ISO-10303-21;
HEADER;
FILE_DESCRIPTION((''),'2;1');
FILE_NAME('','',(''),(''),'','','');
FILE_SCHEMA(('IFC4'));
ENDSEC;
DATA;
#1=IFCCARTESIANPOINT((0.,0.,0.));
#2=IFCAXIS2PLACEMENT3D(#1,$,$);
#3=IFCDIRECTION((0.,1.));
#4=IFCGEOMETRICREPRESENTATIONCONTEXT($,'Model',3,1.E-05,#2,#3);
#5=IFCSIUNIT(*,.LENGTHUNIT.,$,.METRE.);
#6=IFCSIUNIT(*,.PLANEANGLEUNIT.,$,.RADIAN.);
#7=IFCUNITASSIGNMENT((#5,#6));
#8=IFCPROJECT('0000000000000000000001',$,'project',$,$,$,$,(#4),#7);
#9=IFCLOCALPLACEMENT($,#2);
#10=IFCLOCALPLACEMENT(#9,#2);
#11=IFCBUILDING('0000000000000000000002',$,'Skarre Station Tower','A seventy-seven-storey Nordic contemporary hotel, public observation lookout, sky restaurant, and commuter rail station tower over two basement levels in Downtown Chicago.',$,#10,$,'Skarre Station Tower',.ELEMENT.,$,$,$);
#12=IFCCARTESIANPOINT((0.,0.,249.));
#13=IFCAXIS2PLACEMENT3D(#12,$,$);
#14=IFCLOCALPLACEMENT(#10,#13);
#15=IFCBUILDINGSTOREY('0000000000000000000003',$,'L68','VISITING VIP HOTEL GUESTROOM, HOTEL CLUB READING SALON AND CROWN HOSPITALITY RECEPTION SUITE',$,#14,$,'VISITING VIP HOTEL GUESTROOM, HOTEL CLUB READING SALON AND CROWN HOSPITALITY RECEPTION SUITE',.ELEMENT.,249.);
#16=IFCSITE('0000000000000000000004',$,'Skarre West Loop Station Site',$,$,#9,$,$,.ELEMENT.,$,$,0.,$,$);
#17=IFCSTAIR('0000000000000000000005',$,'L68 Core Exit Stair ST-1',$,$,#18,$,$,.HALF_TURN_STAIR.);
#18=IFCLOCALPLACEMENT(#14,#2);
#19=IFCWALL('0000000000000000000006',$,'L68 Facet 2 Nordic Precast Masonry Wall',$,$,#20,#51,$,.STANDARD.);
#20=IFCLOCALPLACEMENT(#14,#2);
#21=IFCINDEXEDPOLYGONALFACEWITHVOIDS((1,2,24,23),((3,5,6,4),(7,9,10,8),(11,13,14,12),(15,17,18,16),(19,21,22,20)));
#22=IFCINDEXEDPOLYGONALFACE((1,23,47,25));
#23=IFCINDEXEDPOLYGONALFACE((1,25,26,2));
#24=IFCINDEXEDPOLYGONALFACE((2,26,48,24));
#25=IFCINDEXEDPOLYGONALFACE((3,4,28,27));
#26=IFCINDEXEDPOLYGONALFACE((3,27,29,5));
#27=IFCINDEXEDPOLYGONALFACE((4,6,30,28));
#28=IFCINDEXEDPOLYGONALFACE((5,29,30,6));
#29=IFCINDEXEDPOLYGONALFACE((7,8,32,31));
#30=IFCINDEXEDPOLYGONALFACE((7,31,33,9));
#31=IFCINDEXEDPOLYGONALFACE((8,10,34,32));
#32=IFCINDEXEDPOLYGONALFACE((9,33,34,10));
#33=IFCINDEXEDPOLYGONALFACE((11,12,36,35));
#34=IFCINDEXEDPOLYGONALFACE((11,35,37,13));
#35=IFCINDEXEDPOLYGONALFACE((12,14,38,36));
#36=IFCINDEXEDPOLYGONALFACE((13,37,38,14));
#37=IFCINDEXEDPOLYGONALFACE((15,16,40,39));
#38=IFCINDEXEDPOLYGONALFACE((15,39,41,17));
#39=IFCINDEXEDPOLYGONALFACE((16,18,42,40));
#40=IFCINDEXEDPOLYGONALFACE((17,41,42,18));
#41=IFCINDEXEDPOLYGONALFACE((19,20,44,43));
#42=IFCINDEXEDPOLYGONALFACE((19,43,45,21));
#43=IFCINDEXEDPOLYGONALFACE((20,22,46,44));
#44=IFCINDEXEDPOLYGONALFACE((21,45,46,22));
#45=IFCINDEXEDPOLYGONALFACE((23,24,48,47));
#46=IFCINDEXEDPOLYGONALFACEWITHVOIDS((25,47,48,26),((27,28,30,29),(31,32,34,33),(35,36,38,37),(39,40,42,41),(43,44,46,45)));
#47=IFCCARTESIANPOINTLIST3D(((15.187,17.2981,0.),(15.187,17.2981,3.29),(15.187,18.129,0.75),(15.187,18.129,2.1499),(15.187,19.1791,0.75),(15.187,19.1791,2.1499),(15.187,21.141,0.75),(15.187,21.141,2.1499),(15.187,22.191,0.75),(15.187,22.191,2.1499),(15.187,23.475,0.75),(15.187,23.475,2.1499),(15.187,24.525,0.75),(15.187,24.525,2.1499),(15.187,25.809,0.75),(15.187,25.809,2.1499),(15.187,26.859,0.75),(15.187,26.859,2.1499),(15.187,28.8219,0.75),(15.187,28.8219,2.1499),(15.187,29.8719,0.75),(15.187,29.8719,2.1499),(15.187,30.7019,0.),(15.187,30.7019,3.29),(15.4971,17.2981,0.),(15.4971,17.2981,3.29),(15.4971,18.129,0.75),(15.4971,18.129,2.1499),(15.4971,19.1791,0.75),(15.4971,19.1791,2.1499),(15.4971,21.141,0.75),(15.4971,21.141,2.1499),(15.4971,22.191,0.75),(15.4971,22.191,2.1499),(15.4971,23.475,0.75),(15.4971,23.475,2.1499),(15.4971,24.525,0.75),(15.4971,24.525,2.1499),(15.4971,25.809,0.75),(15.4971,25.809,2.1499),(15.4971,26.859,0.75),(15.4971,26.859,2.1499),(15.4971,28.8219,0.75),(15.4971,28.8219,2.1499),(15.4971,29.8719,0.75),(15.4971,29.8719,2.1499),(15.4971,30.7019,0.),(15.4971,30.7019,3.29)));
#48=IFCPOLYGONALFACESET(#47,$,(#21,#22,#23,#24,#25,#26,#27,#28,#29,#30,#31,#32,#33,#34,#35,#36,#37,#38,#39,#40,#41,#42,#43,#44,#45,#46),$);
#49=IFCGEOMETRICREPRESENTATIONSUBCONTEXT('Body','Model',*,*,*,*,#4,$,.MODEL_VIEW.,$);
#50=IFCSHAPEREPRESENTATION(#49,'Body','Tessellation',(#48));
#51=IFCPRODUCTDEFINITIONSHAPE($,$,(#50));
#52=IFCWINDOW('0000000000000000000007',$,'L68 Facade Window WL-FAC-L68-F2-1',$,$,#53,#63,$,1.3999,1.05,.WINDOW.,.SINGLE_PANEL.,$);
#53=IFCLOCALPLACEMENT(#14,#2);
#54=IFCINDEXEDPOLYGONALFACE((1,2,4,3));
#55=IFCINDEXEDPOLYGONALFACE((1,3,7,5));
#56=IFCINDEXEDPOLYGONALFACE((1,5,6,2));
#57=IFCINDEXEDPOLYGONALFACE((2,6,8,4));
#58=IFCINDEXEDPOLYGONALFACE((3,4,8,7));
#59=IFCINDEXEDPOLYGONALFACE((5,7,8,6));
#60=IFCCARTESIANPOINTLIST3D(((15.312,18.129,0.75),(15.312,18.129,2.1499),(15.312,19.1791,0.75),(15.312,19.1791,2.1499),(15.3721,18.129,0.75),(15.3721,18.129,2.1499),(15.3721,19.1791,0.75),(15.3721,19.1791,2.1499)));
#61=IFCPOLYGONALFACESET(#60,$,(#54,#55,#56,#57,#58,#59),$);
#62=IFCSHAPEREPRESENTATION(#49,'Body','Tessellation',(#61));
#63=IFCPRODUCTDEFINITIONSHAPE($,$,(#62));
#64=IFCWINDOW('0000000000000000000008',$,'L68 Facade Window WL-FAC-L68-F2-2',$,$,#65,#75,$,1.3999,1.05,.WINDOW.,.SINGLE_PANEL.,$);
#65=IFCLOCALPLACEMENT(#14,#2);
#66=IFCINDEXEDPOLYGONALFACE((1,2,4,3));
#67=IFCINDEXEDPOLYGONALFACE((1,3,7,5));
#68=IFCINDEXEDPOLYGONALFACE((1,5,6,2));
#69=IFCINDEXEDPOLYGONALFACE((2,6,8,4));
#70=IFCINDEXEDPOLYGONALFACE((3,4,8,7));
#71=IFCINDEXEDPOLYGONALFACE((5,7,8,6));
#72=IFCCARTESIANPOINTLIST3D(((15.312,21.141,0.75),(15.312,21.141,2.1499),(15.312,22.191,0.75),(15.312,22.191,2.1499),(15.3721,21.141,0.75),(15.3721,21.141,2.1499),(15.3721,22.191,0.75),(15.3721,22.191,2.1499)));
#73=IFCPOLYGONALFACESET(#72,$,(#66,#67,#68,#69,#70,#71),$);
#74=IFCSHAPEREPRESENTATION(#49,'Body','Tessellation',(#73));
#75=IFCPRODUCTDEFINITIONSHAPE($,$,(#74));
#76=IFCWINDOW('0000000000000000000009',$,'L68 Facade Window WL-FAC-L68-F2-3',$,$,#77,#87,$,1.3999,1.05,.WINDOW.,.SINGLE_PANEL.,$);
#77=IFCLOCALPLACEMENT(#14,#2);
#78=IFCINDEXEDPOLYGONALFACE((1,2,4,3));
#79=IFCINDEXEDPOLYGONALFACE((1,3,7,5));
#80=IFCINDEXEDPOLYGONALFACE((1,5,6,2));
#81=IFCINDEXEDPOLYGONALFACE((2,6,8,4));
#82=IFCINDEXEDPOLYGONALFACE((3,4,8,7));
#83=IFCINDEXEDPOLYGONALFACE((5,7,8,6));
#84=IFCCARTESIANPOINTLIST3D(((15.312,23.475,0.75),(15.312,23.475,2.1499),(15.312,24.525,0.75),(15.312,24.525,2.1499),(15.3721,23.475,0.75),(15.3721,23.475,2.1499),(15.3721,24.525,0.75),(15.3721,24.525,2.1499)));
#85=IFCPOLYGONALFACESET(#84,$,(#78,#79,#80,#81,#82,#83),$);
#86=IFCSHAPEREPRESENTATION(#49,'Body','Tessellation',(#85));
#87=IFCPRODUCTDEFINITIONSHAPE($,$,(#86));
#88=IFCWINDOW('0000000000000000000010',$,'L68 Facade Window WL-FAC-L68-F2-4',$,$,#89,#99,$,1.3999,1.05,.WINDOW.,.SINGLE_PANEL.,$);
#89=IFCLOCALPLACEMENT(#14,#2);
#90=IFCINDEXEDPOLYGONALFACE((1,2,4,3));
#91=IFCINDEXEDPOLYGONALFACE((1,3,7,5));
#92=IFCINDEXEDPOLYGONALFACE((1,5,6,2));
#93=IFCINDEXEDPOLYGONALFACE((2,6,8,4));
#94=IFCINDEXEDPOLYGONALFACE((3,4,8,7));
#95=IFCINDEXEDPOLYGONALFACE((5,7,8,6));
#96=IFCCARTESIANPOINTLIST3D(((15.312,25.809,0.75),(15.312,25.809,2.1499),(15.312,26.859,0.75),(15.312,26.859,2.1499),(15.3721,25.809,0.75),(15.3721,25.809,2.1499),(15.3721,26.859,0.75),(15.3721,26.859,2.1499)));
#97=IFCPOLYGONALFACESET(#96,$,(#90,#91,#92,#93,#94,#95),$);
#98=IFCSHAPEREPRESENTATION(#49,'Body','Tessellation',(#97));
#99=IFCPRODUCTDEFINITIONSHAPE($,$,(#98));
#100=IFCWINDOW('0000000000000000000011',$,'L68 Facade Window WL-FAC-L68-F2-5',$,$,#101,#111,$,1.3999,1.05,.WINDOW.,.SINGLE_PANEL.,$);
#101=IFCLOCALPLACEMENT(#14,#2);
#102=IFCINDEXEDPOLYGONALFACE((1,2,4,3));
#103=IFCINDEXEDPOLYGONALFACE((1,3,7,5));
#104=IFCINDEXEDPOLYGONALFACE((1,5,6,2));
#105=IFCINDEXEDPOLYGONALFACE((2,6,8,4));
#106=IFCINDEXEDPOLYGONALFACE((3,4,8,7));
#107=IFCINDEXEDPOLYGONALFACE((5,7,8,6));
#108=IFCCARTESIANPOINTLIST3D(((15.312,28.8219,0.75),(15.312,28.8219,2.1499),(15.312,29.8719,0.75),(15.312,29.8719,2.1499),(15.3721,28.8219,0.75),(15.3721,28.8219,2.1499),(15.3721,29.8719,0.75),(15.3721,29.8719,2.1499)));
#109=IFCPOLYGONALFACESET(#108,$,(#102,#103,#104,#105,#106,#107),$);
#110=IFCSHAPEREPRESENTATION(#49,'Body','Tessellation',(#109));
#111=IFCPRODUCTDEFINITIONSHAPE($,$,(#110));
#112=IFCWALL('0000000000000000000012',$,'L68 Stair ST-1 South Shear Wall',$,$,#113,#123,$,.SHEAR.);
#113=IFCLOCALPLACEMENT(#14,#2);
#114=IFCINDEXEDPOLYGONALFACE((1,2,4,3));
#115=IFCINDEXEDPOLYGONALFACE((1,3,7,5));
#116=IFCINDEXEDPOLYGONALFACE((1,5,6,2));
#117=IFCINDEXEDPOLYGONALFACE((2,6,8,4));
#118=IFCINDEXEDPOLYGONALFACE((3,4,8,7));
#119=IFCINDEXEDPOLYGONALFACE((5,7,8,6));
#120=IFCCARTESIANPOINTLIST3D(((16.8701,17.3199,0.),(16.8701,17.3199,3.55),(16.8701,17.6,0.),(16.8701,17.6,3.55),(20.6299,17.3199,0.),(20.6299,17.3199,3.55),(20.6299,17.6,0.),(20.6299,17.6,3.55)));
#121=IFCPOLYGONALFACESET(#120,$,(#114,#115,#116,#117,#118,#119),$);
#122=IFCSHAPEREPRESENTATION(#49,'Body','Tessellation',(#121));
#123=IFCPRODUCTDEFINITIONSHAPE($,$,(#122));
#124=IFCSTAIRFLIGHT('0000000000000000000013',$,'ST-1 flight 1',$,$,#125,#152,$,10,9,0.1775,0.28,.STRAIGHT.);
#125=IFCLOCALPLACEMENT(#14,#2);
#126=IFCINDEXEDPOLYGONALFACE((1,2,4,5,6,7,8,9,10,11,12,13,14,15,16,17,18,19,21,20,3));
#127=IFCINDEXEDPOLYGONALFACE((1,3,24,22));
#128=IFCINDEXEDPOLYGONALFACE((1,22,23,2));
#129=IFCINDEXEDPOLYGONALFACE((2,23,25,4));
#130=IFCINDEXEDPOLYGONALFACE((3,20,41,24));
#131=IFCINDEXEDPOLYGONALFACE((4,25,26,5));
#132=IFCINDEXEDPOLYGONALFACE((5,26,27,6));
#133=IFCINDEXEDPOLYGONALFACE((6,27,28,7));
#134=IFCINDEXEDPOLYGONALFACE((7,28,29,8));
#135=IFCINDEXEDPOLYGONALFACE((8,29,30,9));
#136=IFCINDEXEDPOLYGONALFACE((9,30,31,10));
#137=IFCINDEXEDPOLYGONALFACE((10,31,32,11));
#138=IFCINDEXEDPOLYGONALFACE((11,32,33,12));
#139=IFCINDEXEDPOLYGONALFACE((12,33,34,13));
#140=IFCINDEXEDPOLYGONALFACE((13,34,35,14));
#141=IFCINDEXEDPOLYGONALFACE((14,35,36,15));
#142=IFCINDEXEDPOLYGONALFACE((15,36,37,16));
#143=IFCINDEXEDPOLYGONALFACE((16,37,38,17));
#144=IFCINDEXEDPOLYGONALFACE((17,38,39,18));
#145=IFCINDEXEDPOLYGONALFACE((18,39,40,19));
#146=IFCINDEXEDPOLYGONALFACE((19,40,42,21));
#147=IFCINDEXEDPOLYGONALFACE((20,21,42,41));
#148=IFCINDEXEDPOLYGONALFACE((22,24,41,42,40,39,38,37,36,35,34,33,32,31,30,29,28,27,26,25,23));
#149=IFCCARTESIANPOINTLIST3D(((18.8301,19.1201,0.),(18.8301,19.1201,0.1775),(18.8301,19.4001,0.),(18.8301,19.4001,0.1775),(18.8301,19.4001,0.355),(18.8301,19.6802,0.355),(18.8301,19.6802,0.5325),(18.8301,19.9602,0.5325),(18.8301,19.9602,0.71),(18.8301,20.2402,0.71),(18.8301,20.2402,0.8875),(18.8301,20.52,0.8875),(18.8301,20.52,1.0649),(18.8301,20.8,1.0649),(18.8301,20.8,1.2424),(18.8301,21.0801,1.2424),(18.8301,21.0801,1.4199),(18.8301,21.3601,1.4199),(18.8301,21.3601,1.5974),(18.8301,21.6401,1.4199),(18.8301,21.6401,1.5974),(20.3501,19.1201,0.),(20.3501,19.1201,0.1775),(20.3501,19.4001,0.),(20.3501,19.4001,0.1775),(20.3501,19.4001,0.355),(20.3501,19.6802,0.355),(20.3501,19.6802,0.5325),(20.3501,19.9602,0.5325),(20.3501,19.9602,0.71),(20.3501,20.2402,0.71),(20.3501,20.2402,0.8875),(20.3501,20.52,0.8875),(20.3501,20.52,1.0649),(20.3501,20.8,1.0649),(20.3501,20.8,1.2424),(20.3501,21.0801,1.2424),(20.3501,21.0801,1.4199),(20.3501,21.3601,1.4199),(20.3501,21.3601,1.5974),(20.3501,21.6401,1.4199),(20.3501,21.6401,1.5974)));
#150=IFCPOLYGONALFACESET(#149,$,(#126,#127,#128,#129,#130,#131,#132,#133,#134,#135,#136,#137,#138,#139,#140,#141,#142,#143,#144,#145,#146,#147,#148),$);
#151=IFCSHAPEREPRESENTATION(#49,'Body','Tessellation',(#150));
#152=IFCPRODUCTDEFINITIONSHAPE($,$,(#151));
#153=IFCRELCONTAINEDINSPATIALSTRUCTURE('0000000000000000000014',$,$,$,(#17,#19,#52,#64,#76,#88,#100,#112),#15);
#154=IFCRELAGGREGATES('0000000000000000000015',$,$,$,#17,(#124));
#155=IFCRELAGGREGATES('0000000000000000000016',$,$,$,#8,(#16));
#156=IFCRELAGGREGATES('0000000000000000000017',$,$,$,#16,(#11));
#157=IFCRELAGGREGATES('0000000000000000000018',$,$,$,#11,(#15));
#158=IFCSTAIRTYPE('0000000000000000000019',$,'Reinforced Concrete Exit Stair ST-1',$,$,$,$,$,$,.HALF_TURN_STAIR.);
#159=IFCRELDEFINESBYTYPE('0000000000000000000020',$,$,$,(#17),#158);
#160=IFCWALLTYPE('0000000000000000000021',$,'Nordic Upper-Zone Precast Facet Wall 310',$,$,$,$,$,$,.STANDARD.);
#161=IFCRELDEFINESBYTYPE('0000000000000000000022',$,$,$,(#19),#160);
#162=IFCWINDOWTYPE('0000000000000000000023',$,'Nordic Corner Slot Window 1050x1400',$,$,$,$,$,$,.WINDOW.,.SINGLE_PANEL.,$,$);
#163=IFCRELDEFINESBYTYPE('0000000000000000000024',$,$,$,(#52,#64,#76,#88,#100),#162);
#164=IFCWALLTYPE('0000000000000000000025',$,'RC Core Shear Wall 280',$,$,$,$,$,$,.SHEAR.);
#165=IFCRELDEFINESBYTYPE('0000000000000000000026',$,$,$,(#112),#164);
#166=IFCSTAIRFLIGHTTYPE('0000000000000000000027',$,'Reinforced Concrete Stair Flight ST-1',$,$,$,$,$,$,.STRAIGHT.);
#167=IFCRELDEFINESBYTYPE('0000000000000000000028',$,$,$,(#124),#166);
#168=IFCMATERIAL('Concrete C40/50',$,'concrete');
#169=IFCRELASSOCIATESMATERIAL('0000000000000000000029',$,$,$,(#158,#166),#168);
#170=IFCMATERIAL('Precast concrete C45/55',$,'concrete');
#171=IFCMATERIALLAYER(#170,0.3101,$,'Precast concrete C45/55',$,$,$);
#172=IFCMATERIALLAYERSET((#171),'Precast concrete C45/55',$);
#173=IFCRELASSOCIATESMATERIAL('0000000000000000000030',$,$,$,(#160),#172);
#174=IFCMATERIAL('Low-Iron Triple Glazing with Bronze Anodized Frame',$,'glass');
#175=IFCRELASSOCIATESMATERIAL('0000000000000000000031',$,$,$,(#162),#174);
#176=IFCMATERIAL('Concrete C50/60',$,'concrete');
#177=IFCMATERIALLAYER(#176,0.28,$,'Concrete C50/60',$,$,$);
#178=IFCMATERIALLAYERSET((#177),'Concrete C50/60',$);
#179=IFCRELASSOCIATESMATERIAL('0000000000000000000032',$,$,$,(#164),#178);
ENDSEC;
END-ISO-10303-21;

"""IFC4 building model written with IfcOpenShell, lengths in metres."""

from ifc_helpers import new_model, si_unit, direction, frame, frame_2d, origin, place, context, subcontext, project, spatial, polyline, rectangle, outline, extrude, material, layer, layer_set, type_object, element, fill, aggregate, save


model = new_model("IFC4")

# Units and contexts
model_context = context("Model", 3, precision=1e-05, world=origin(), true_north=direction((0.0, 1.0)))
body_context = subcontext(model_context, "Body", "Model", "MODEL_VIEW")
ifc_project = project(units=[si_unit("LENGTHUNIT", "METRE"), si_unit("PLANEANGLEUNIT", "RADIAN")], contexts=[model_context])

# Site, building, storey
site_placement = place(None, origin())
site = spatial("IfcSite", under=ifc_project, at=site_placement, Name="Skarre West Loop Station Site", CompositionType="ELEMENT", RefElevation=0.0)
building_placement = place(site_placement, origin())
building = spatial("IfcBuilding", under=site, at=building_placement, Name="Skarre Station Tower", Description="A seventy-seven-storey Nordic contemporary hotel, public observation lookout, sky restaurant, and commuter rail station tower over two basement levels in Downtown Chicago.", LongName="Skarre Station Tower", CompositionType="ELEMENT")
storey_placement = place(building_placement, frame((0.0, 0.0, 249.0)))
storey = spatial("IfcBuildingStorey", under=building, at=storey_placement, Name="L68", Description="VISITING VIP HOTEL GUESTROOM, HOTEL CLUB READING SALON AND CROWN HOSPITALITY RECEPTION SUITE", LongName="VISITING VIP HOTEL GUESTROOM, HOTEL CLUB READING SALON AND CROWN HOSPITALITY RECEPTION SUITE", CompositionType="ELEMENT", Elevation=249.0)

# Shared definitions
ifc_material_1 = material(Name="Concrete C50/60", Category="concrete")

# Stair
ifc_material_2 = material(Name="Concrete C40/50", Category="concrete")
stair_type_1 = type_object("IfcStairType", Name="Reinforced Concrete Exit Stair ST-1", PredefinedType="HALF_TURN_STAIR", material=ifc_material_2)
stair_1_placement = place(storey_placement, origin())
stair_1 = element("IfcStair", 1, at=stair_1_placement, inside=storey, type_object=stair_type_1, Name="L68 Core Exit Stair ST-1", PredefinedType="HALF_TURN_STAIR")

# Shared definitions
ifc_material_3 = material(Name="Precast concrete C45/55", Category="concrete")

# Wall, openings, windows
ifc_layer_1 = layer(ifc_material_3, 0.3101, Name="Precast concrete C45/55")
ifc_layer_set_1 = layer_set([ifc_layer_1], Name="Precast concrete C45/55")
wall_type_1 = type_object("IfcWallType", Name="Nordic Upper-Zone Precast Facet Wall 310", PredefinedType="STANDARD", material=ifc_layer_set_1)
wall_1_placement = place(storey_placement, frame((15.342, 17.2981, 0.0), z_axis=(0.0, 0.0, 1.0), x_axis=(0.0, 1.0, 0.0)))
wall_1 = element("IfcWall", 2, at=wall_1_placement, inside=storey, type_object=wall_type_1, Name="L68 Facet 2 Nordic Precast Masonry Wall", PredefinedType="STANDARD", context=body_context, shape_type="SweptSolid", body=[
    extrude(rectangle(XDim=13.4038, YDim=0.3101, at=frame_2d((6.7019, 0.0))), origin(), (0.0, 0.0, 1.0), 3.29),
])
opening_1_placement = place(wall_1_placement, frame((0.8311, 0.0, 0.75)))
opening_1 = element("IfcOpeningElement", 3, at=opening_1_placement, cuts=wall_1, PredefinedType="OPENING", context=body_context, shape_type="SweptSolid", body=[
    extrude(rectangle(XDim=1.05, YDim=1.3999, at=frame_2d((0.5249, 0.7))), frame((0.0, 0.165, 0.0), z_axis=(0.0, -1.0, 0.0), x_axis=(1.0, 0.0, 0.0)), (0.0, 0.0, 1.0), 0.3301),
])
opening_2_placement = place(wall_1_placement, frame((3.843, 0.0, 0.75)))
opening_2 = element("IfcOpeningElement", 4, at=opening_2_placement, cuts=wall_1, PredefinedType="OPENING", context=body_context, shape_type="SweptSolid", body=[
    extrude(rectangle(XDim=1.05, YDim=1.3999, at=frame_2d((0.5249, 0.7))), frame((0.0, 0.165, 0.0), z_axis=(0.0, -1.0, 0.0), x_axis=(1.0, 0.0, 0.0)), (0.0, 0.0, 1.0), 0.3301),
])
opening_3_placement = place(wall_1_placement, frame((6.177, 0.0, 0.75)))
opening_3 = element("IfcOpeningElement", 5, at=opening_3_placement, cuts=wall_1, PredefinedType="OPENING", context=body_context, shape_type="SweptSolid", body=[
    extrude(rectangle(XDim=1.05, YDim=1.3999, at=frame_2d((0.5249, 0.7))), frame((0.0, 0.165, 0.0), z_axis=(0.0, -1.0, 0.0), x_axis=(1.0, 0.0, 0.0)), (0.0, 0.0, 1.0), 0.3301),
])
opening_4_placement = place(wall_1_placement, frame((8.511, 0.0, 0.75)))
opening_4 = element("IfcOpeningElement", 6, at=opening_4_placement, cuts=wall_1, PredefinedType="OPENING", context=body_context, shape_type="SweptSolid", body=[
    extrude(rectangle(XDim=1.05, YDim=1.3999, at=frame_2d((0.5249, 0.7))), frame((0.0, 0.165, 0.0), z_axis=(0.0, -1.0, 0.0), x_axis=(1.0, 0.0, 0.0)), (0.0, 0.0, 1.0), 0.3301),
])
opening_5_placement = place(wall_1_placement, frame((11.5239, 0.0, 0.75)))
opening_5 = element("IfcOpeningElement", 7, at=opening_5_placement, cuts=wall_1, PredefinedType="OPENING", context=body_context, shape_type="SweptSolid", body=[
    extrude(rectangle(XDim=1.05, YDim=1.3999, at=frame_2d((0.5249, 0.7))), frame((0.0, 0.165, 0.0), z_axis=(0.0, -1.0, 0.0), x_axis=(1.0, 0.0, 0.0)), (0.0, 0.0, 1.0), 0.3301),
])
ifc_material_4 = material(Name="Low-Iron Triple Glazing with Bronze Anodized Frame", Category="glass")
window_type = type_object("IfcWindowType", Name="Nordic Corner Slot Window 1050x1400", PartitioningType="SINGLE_PANEL", PredefinedType="WINDOW", material=ifc_material_4)
window_1_placement = place(opening_1_placement, origin())
window_1 = element("IfcWindow", 8, at=window_1_placement, inside=storey, type_object=window_type, Name="L68 Facade Window WL-FAC-L68-F2-1", OverallHeight=1.3999, OverallWidth=1.05, PartitioningType="SINGLE_PANEL", PredefinedType="WINDOW", context=body_context, shape_type="SweptSolid", body=[
    extrude(rectangle(XDim=1.05, YDim=1.3999, at=frame_2d((0.5249, 0.7))), frame((0.0, 0.03, 0.0), z_axis=(0.0, -1.0, 0.0), x_axis=(1.0, 0.0, 0.0)), (0.0, 0.0, 1.0), 0.0601),
])
fill(opening_1, window_1)
window_2_placement = place(opening_2_placement, origin())
window_2 = element("IfcWindow", 9, at=window_2_placement, inside=storey, type_object=window_type, Name="L68 Facade Window WL-FAC-L68-F2-2", OverallHeight=1.3999, OverallWidth=1.05, PartitioningType="SINGLE_PANEL", PredefinedType="WINDOW", context=body_context, shape_type="SweptSolid", body=[
    extrude(rectangle(XDim=1.05, YDim=1.3999, at=frame_2d((0.5249, 0.7))), frame((0.0, 0.03, 0.0), z_axis=(0.0, -1.0, 0.0), x_axis=(1.0, 0.0, 0.0)), (0.0, 0.0, 1.0), 0.0601),
])
fill(opening_2, window_2)
window_3_placement = place(opening_3_placement, origin())
window_3 = element("IfcWindow", 10, at=window_3_placement, inside=storey, type_object=window_type, Name="L68 Facade Window WL-FAC-L68-F2-3", OverallHeight=1.3999, OverallWidth=1.05, PartitioningType="SINGLE_PANEL", PredefinedType="WINDOW", context=body_context, shape_type="SweptSolid", body=[
    extrude(rectangle(XDim=1.05, YDim=1.3999, at=frame_2d((0.5249, 0.7))), frame((0.0, 0.03, 0.0), z_axis=(0.0, -1.0, 0.0), x_axis=(1.0, 0.0, 0.0)), (0.0, 0.0, 1.0), 0.0601),
])
fill(opening_3, window_3)
window_4_placement = place(opening_4_placement, origin())
window_4 = element("IfcWindow", 11, at=window_4_placement, inside=storey, type_object=window_type, Name="L68 Facade Window WL-FAC-L68-F2-4", OverallHeight=1.3999, OverallWidth=1.05, PartitioningType="SINGLE_PANEL", PredefinedType="WINDOW", context=body_context, shape_type="SweptSolid", body=[
    extrude(rectangle(XDim=1.05, YDim=1.3999, at=frame_2d((0.5249, 0.7))), frame((0.0, 0.03, 0.0), z_axis=(0.0, -1.0, 0.0), x_axis=(1.0, 0.0, 0.0)), (0.0, 0.0, 1.0), 0.0601),
])
fill(opening_4, window_4)
window_5_placement = place(opening_5_placement, origin())
window_5 = element("IfcWindow", 12, at=window_5_placement, inside=storey, type_object=window_type, Name="L68 Facade Window WL-FAC-L68-F2-5", OverallHeight=1.3999, OverallWidth=1.05, PartitioningType="SINGLE_PANEL", PredefinedType="WINDOW", context=body_context, shape_type="SweptSolid", body=[
    extrude(rectangle(XDim=1.05, YDim=1.3999, at=frame_2d((0.5249, 0.7))), frame((0.0, 0.03, 0.0), z_axis=(0.0, -1.0, 0.0), x_axis=(1.0, 0.0, 0.0)), (0.0, 0.0, 1.0), 0.0601),
])
fill(opening_5, window_5)

# Wall
ifc_layer_2 = layer(ifc_material_1, 0.28, Name="Concrete C50/60")
ifc_layer_set_2 = layer_set([ifc_layer_2], Name="Concrete C50/60")
wall_type_2 = type_object("IfcWallType", Name="RC Core Shear Wall 280", PredefinedType="SHEAR", material=ifc_layer_set_2)
wall_2_placement = place(storey_placement, frame((16.8701, 17.46, 0.0), z_axis=(0.0, 0.0, 1.0), x_axis=(1.0, 0.0, 0.0)))
element("IfcWall", 13, at=wall_2_placement, inside=storey, type_object=wall_type_2, Name="L68 Stair ST-1 South Shear Wall", PredefinedType="SHEAR", context=body_context, shape_type="SweptSolid", body=[
    extrude(rectangle(XDim=3.7598, YDim=0.28, at=frame_2d((1.8799, 0.0))), origin(), (0.0, 0.0, 1.0), 3.55),
])

# Stair flight
stair_flight_type = type_object("IfcStairFlightType", Name="Reinforced Concrete Stair Flight ST-1", PredefinedType="STRAIGHT", material=ifc_material_2)
stair_flight_placement = place(storey_placement, frame((19.5901, 19.1201, 0.0), z_axis=(0.0, 0.0, 1.0), x_axis=(0.0, 1.0, 0.0)))
stair_flight = element("IfcStairFlight", 14, at=stair_flight_placement, type_object=stair_flight_type, Name="ST-1 flight 1", NumberOfRisers=10, NumberOfTreads=9, PredefinedType="STRAIGHT", RiserHeight=0.1775, TreadLength=0.28, context=body_context, shape_type="SweptSolid", body=[
    extrude(outline(polyline([(0.0, 0.0), (0.0, 0.1775), (0.28, 0.1775), (0.28, 0.355), (0.5601, 0.355), (0.5601, 0.5325), (0.8401, 0.5325), (0.8401, 0.71), (1.1201, 0.71), (1.1201, 0.8875), (1.3999, 0.8875), (1.3999, 1.0649), (1.6799, 1.0649), (1.6799, 1.2424), (1.96, 1.2424), (1.96, 1.4199), (2.24, 1.4199), (2.24, 1.5974), (2.52, 1.5974), (2.52, 1.7749), (2.52, 1.4199), (0.28, 0.0), (0.0, 0.0)])), frame((0.0, 0.76, 0.0), z_axis=(0.0, -1.0, 0.0), x_axis=(1.0, 0.0, 0.0)), (0.0, 0.0, 1.0), 1.52),
])
aggregate(stair_1, [stair_flight])

save(model, "model.ifc")
